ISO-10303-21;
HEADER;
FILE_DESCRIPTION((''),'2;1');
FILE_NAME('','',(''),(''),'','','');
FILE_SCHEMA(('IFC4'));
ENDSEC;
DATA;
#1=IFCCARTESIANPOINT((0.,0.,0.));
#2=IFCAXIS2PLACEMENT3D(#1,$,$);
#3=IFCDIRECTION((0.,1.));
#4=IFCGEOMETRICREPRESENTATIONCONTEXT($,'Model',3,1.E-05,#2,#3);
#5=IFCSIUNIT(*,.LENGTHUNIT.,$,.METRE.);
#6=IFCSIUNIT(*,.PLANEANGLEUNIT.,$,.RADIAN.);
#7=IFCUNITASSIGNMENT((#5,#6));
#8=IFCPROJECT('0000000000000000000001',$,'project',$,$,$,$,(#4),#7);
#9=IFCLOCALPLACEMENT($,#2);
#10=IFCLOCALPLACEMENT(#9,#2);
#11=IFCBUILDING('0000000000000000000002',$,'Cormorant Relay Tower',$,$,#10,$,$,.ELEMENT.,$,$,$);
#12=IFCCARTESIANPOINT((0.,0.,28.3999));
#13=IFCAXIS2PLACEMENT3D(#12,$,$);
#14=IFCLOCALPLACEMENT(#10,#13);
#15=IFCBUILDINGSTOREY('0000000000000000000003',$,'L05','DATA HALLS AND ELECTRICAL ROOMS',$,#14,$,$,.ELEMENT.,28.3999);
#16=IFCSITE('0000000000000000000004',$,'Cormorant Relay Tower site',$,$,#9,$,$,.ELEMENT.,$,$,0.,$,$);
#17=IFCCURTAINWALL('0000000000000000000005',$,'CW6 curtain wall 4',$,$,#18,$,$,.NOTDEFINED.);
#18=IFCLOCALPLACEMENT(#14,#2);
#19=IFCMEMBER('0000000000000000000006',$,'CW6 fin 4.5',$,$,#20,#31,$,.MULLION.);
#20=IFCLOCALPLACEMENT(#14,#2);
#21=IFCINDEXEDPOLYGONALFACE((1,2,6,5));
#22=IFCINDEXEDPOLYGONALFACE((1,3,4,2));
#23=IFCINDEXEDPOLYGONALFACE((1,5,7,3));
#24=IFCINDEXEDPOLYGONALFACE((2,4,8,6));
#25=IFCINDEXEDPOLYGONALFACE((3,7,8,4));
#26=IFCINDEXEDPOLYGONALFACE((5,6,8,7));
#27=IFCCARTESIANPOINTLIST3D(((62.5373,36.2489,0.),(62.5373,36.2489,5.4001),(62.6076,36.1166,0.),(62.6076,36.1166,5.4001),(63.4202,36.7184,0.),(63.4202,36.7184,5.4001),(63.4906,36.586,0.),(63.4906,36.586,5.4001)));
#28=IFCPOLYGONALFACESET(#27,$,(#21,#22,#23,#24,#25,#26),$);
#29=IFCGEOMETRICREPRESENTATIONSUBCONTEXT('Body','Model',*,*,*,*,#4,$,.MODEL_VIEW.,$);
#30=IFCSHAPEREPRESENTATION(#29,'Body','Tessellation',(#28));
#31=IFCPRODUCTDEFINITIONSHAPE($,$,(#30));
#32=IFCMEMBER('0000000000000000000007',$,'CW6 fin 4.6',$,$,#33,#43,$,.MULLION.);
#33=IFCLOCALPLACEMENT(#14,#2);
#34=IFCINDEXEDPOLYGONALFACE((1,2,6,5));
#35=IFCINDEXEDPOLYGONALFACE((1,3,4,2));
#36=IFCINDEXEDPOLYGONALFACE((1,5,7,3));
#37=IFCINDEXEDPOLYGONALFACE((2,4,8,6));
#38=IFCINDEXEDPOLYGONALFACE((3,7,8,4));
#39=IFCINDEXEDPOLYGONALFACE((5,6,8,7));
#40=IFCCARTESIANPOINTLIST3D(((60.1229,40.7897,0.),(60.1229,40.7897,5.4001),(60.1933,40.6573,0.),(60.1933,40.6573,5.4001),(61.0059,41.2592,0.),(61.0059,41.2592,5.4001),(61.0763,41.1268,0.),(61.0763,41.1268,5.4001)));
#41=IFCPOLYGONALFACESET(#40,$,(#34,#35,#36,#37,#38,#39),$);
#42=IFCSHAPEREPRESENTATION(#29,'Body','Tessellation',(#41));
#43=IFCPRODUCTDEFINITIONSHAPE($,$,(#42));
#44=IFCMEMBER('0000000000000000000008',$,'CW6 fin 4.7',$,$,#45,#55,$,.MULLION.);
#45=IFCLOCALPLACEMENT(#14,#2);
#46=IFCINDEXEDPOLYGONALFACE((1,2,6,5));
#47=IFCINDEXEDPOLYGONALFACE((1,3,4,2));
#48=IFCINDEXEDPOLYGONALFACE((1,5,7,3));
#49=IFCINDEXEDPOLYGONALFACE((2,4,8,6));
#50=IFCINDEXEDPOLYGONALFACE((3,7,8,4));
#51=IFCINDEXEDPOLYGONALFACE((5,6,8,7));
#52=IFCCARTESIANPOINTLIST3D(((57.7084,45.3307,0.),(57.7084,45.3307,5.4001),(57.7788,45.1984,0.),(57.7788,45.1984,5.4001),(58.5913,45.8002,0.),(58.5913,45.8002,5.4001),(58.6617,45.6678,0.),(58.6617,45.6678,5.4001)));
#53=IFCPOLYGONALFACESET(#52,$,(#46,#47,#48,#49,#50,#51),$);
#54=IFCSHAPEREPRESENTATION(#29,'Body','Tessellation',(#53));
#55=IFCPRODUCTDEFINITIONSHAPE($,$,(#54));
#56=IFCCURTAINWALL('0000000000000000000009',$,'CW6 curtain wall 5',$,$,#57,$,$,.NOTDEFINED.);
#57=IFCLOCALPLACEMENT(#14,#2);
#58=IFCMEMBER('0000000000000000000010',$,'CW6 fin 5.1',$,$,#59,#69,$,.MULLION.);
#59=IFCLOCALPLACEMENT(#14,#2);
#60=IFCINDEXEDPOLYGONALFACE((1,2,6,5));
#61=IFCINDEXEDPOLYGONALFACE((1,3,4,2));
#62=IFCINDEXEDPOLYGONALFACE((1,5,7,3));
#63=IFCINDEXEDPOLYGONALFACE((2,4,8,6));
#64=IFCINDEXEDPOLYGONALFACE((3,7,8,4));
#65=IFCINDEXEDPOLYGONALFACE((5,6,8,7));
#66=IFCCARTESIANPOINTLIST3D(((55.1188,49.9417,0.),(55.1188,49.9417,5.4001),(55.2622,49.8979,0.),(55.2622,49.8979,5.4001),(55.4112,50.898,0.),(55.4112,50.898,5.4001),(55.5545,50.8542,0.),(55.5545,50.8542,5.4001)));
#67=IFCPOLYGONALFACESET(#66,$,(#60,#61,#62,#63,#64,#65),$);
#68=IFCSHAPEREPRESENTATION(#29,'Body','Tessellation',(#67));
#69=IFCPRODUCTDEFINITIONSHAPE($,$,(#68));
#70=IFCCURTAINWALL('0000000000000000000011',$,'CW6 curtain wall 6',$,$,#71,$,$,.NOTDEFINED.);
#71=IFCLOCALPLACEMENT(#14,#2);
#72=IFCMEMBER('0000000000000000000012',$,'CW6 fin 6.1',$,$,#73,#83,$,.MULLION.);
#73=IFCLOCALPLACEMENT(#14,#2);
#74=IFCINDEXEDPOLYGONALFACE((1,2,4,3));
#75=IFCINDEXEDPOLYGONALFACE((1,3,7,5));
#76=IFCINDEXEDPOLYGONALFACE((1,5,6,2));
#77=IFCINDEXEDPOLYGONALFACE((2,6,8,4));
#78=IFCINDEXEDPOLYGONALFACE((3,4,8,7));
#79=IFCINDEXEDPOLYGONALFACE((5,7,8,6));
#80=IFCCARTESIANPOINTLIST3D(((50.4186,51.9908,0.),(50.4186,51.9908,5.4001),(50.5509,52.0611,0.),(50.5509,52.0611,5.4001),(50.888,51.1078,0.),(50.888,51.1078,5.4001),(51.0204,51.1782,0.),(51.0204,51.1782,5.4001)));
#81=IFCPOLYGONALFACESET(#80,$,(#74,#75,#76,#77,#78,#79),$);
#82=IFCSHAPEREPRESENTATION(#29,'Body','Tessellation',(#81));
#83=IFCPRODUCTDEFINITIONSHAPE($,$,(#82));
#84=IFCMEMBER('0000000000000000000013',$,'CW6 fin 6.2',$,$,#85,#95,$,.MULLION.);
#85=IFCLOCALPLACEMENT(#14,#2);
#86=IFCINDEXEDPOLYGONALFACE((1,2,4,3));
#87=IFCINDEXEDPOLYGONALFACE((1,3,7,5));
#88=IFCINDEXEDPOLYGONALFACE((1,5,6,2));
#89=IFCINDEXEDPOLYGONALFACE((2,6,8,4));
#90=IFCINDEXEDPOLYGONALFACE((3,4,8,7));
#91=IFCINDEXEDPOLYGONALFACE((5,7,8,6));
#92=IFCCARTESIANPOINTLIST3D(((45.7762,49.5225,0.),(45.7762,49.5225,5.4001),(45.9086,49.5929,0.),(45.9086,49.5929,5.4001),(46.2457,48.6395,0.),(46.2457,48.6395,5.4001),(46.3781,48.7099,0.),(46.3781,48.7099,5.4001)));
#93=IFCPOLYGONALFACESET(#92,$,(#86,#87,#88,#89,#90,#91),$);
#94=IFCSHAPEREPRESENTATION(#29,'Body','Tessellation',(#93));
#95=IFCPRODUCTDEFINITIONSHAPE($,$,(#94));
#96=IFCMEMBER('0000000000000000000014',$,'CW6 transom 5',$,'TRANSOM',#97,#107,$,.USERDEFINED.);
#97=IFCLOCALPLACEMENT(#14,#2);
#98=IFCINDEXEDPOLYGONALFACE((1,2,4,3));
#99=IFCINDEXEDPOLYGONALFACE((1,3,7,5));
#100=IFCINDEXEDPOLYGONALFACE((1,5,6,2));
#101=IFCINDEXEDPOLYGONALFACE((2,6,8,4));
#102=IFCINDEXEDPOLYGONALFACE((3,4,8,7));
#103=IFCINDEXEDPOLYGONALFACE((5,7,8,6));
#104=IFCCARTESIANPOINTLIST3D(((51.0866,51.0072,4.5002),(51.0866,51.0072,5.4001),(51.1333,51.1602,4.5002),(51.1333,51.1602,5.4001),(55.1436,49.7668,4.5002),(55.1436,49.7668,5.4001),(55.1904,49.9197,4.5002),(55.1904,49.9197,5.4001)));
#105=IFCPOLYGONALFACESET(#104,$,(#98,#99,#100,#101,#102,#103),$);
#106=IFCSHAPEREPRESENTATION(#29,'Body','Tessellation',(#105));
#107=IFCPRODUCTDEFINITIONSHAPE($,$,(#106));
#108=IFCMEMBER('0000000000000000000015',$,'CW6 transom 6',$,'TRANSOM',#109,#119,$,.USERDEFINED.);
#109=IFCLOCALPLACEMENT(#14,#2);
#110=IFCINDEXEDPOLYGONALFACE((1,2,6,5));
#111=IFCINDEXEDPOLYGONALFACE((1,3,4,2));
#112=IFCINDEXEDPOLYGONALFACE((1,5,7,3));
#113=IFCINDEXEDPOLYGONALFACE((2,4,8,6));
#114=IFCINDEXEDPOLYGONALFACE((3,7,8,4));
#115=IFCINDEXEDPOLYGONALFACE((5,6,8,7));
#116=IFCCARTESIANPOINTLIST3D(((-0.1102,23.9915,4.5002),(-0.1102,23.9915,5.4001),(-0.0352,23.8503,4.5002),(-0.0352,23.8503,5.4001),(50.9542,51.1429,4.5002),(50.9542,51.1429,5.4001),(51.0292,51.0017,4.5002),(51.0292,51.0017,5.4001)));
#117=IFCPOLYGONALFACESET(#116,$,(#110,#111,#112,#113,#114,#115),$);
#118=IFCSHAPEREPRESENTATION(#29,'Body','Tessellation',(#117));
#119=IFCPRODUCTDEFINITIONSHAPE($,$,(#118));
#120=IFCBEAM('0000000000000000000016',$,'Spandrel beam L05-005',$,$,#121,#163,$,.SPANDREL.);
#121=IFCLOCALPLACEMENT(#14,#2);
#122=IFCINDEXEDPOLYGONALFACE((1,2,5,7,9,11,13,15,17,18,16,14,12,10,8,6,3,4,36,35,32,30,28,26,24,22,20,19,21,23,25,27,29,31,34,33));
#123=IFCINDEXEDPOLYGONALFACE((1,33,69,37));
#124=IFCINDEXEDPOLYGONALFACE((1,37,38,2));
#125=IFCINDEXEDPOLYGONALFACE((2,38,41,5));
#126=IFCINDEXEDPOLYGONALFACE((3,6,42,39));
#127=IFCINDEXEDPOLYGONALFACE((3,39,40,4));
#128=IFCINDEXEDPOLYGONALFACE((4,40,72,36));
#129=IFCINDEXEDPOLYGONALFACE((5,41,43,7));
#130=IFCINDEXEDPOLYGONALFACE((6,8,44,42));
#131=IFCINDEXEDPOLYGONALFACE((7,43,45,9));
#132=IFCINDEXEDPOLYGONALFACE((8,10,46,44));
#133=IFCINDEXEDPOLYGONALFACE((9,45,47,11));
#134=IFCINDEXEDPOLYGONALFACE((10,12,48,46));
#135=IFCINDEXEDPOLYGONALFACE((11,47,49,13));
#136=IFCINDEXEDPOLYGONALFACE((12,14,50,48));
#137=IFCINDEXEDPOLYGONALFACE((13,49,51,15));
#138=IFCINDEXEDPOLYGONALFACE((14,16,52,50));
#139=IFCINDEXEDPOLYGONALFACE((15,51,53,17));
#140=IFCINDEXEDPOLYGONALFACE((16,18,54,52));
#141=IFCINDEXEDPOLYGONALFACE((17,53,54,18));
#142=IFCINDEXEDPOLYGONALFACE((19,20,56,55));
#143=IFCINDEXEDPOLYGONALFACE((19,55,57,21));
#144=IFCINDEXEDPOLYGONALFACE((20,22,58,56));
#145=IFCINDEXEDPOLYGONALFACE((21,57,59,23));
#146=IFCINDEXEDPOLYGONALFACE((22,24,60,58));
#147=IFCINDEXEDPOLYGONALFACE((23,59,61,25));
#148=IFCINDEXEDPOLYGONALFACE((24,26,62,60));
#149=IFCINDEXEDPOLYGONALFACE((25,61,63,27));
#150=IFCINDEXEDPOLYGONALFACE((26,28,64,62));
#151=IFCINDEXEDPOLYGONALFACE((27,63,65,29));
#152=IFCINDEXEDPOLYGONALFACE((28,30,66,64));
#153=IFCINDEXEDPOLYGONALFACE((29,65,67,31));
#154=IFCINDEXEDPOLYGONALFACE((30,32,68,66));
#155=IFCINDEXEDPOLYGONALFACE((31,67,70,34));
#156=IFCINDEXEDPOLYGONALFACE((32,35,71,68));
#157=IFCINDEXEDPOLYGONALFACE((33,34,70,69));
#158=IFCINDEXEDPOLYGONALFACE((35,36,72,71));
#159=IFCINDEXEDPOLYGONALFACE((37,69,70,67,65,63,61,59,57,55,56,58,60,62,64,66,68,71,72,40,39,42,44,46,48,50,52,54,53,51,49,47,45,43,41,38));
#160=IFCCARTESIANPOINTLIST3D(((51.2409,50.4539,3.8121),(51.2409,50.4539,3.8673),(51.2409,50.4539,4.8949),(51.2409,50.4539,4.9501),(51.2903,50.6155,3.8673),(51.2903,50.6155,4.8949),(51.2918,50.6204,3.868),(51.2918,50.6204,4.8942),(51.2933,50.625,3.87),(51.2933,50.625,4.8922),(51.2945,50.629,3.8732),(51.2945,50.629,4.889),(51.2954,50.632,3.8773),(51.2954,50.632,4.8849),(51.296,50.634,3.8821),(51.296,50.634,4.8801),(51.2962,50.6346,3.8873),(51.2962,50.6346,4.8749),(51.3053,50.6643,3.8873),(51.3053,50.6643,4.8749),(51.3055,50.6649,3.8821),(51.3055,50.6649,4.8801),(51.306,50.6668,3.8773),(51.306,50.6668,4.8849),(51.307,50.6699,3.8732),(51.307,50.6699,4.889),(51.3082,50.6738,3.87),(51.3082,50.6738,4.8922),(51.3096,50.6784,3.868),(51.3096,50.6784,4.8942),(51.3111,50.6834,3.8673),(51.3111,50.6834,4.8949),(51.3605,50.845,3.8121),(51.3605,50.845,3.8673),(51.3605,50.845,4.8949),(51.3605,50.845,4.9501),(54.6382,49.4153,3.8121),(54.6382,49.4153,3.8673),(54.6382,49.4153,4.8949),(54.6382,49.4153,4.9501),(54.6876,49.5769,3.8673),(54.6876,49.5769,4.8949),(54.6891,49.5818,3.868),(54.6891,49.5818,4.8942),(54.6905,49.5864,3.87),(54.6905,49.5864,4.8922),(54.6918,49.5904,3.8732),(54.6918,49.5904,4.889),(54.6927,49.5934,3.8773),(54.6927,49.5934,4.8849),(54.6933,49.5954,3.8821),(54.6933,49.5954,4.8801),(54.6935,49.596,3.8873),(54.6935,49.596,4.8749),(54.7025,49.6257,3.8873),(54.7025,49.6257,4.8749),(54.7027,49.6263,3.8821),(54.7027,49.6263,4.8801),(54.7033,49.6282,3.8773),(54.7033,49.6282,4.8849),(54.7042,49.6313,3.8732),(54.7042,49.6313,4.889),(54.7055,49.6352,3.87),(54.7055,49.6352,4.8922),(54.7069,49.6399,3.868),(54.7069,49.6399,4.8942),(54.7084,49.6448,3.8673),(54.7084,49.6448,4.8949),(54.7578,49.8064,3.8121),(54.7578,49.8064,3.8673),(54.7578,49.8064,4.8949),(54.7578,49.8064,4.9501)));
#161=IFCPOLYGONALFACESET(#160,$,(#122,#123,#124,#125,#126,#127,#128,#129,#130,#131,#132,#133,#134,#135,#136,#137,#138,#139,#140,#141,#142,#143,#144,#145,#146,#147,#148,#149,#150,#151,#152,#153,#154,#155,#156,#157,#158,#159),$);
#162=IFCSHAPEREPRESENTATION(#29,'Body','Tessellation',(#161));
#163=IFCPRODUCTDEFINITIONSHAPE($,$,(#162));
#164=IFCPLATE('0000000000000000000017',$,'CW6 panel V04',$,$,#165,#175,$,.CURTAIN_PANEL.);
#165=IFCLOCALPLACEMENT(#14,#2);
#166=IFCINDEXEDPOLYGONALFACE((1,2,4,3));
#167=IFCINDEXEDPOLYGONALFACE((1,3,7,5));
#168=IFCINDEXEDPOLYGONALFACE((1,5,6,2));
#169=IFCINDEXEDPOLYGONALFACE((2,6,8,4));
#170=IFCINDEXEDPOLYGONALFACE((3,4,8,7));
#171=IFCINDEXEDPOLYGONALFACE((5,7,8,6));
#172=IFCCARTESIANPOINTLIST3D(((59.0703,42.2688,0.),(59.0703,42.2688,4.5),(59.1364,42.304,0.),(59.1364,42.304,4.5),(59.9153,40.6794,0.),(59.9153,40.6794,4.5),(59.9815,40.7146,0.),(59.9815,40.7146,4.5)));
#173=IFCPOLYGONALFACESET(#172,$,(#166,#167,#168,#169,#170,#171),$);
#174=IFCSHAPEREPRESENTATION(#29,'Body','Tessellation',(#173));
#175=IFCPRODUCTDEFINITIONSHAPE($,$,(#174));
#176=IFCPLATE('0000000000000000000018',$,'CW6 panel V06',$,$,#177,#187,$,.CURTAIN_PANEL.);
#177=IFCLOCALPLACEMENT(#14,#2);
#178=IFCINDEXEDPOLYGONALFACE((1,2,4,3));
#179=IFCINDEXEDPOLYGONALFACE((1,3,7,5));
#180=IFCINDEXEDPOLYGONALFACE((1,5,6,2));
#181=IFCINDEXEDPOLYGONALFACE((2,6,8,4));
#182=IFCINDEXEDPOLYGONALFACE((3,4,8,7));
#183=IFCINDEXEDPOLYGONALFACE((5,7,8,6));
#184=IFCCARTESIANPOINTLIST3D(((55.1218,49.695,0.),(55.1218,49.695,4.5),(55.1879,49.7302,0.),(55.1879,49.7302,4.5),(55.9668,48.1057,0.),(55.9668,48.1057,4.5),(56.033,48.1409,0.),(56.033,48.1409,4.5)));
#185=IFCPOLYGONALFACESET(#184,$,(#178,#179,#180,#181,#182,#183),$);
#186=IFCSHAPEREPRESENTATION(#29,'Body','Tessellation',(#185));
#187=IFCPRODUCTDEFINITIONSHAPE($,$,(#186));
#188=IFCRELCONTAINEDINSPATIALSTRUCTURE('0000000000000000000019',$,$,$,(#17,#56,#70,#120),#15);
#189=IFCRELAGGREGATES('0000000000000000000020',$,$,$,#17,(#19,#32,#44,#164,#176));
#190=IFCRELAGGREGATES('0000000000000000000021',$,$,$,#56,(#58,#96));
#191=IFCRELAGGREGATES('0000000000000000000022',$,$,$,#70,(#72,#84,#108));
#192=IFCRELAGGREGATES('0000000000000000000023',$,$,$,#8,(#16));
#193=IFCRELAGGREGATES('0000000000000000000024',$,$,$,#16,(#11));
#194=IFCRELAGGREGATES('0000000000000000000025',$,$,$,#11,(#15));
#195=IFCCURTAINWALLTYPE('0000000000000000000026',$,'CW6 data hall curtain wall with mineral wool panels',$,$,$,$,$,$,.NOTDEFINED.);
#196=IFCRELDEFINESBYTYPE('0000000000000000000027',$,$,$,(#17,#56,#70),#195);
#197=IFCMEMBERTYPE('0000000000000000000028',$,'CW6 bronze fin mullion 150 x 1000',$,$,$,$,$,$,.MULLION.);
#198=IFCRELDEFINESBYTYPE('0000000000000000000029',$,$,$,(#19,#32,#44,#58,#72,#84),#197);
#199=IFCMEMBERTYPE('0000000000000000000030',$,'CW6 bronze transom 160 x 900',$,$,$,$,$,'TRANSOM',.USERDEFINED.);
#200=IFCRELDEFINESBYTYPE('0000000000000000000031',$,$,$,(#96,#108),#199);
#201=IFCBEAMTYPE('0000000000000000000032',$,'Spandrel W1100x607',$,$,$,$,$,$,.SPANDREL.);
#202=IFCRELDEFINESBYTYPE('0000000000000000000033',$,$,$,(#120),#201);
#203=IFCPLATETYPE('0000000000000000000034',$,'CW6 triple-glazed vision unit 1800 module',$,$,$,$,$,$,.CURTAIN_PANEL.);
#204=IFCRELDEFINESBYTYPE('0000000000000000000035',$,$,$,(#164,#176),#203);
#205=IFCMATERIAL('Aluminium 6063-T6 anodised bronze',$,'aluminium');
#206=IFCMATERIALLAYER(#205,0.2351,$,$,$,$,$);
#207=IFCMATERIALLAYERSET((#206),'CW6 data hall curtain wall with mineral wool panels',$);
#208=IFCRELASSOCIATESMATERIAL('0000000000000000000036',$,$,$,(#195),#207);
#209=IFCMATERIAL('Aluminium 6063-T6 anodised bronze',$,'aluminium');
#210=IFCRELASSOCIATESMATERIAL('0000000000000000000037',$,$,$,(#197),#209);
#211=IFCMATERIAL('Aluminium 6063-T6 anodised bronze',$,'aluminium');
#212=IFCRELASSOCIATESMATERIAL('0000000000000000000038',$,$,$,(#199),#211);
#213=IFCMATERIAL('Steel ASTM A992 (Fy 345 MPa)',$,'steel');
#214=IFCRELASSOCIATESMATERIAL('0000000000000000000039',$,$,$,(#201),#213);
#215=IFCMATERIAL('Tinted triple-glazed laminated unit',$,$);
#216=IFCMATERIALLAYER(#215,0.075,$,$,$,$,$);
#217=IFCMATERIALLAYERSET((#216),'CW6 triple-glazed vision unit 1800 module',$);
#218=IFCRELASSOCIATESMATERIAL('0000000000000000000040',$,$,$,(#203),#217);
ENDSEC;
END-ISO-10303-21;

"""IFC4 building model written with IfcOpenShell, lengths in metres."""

from ifc_helpers import new_model, si_unit, direction, frame, origin, origin_2d, place, context, subcontext, project, spatial, rectangle, i_section, extrude, material, layer, layer_set, material_profile, profile_set, type_object, element, aggregate, save


model = new_model("IFC4")

# Units and contexts
model_context = context("Model", 3, precision=1e-05, world=origin(), true_north=direction((0.0, 1.0)))
body_context = subcontext(model_context, "Body", "Model", "MODEL_VIEW")
ifc_project = project(units=[si_unit("LENGTHUNIT", "METRE"), si_unit("PLANEANGLEUNIT", "RADIAN")], contexts=[model_context])

# Site, building, storey
site_placement = place(None, origin())
site = spatial("IfcSite", under=ifc_project, at=site_placement, Name="Cormorant Relay Tower site", CompositionType="ELEMENT", RefElevation=0.0)
building_placement = place(site_placement, origin())
building = spatial("IfcBuilding", under=site, at=building_placement, Name="Cormorant Relay Tower", CompositionType="ELEMENT")
storey_placement = place(building_placement, frame((0.0, 0.0, 28.3999)))
storey = spatial("IfcBuildingStorey", under=building, at=storey_placement, Name="L05", Description="DATA HALLS AND ELECTRICAL ROOMS", CompositionType="ELEMENT", Elevation=28.3999)

# Curtain wall, members
ifc_material_1 = material(Name="Aluminium 6063-T6 anodised bronze", Category="aluminium")
ifc_layer_1 = layer(ifc_material_1, 0.2351)
ifc_layer_set_1 = layer_set([ifc_layer_1], Name="CW6 data hall curtain wall with mineral wool panels")
curtain_wall_type = type_object("IfcCurtainWallType", Name="CW6 data hall curtain wall with mineral wool panels", PredefinedType="NOTDEFINED", material=ifc_layer_set_1)
curtain_wall_1_placement = place(storey_placement, origin())
curtain_wall_1 = element("IfcCurtainWall", 1, at=curtain_wall_1_placement, inside=storey, type_object=curtain_wall_type, Name="CW6 curtain wall 4", PredefinedType="NOTDEFINED")
ifc_material_2 = material(Name="Aluminium 6063-T6 anodised bronze", Category="aluminium")
ifc_material_profile_1 = material_profile(ifc_material_2, rectangle(XDim=0.1499, YDim=1.0, at=origin_2d()), Name="AL 150x1000")
ifc_profile_set_1 = profile_set([ifc_material_profile_1], Name="Aluminium 6063-T6 anodised bronze")
member_type_1 = type_object("IfcMemberType", Name="CW6 bronze fin mullion 150 x 1000", PredefinedType="MULLION", material=ifc_profile_set_1)
member_1_placement = place(storey_placement, frame((63.0139, 36.4175, 0.0), z_axis=(0.0, 0.0, 1.0), x_axis=(-0.469472, 0.882948, 0.0)))
member_1 = element("IfcMember", 2, at=member_1_placement, type_object=member_type_1, Name="CW6 fin 4.5", PredefinedType="MULLION", context=body_context, shape_type="SweptSolid", body=[
    extrude(rectangle(XDim=0.1499, YDim=1.0, at=origin_2d()), origin(), (0.0, 0.0, 1.0), 5.4001),
])
member_2_placement = place(storey_placement, frame((60.5996, 40.9583, 0.0), z_axis=(0.0, 0.0, 1.0), x_axis=(-0.469472, 0.882948, 0.0)))
member_2 = element("IfcMember", 3, at=member_2_placement, type_object=member_type_1, Name="CW6 fin 4.6", PredefinedType="MULLION", context=body_context, shape_type="SweptSolid", body=[
    extrude(rectangle(XDim=0.1499, YDim=1.0, at=origin_2d()), origin(), (0.0, 0.0, 1.0), 5.4001),
])
member_3_placement = place(storey_placement, frame((58.1851, 45.4993, 0.0), z_axis=(0.0, 0.0, 1.0), x_axis=(-0.469472, 0.882948, 0.0)))
member_3 = element("IfcMember", 4, at=member_3_placement, type_object=member_type_1, Name="CW6 fin 4.7", PredefinedType="MULLION", context=body_context, shape_type="SweptSolid", body=[
    extrude(rectangle(XDim=0.1499, YDim=1.0, at=origin_2d()), origin(), (0.0, 0.0, 1.0), 5.4001),
])

# Curtain wall, member
curtain_wall_2_placement = place(storey_placement, origin())
curtain_wall_2 = element("IfcCurtainWall", 5, at=curtain_wall_2_placement, inside=storey, type_object=curtain_wall_type, Name="CW6 curtain wall 5", PredefinedType="NOTDEFINED")
member_4_placement = place(storey_placement, frame((55.3367, 50.3979, 0.0), z_axis=(0.0, 0.0, 1.0), x_axis=(-0.956305, 0.292372, 0.0)))
member_4 = element("IfcMember", 6, at=member_4_placement, type_object=member_type_1, Name="CW6 fin 5.1", PredefinedType="MULLION", context=body_context, shape_type="SweptSolid", body=[
    extrude(rectangle(XDim=0.1499, YDim=1.0, at=origin_2d()), origin(), (0.0, 0.0, 1.0), 5.4001),
])

# Curtain wall, members
curtain_wall_3_placement = place(storey_placement, origin())
curtain_wall_3 = element("IfcCurtainWall", 7, at=curtain_wall_3_placement, inside=storey, type_object=curtain_wall_type, Name="CW6 curtain wall 6", PredefinedType="NOTDEFINED")
member_5_placement = place(storey_placement, frame((50.7195, 51.5845, 0.0), z_axis=(0.0, 0.0, 1.0), x_axis=(-0.882948, -0.469472, 0.0)))
member_5 = element("IfcMember", 8, at=member_5_placement, type_object=member_type_1, Name="CW6 fin 6.1", PredefinedType="MULLION", context=body_context, shape_type="SweptSolid", body=[
    extrude(rectangle(XDim=0.1499, YDim=1.0, at=origin_2d()), origin(), (0.0, 0.0, 1.0), 5.4001),
])
member_6_placement = place(storey_placement, frame((46.0771, 49.1162, 0.0), z_axis=(0.0, 0.0, 1.0), x_axis=(-0.882948, -0.469472, 0.0)))
member_6 = element("IfcMember", 9, at=member_6_placement, type_object=member_type_1, Name="CW6 fin 6.2", PredefinedType="MULLION", context=body_context, shape_type="SweptSolid", body=[
    extrude(rectangle(XDim=0.1499, YDim=1.0, at=origin_2d()), origin(), (0.0, 0.0, 1.0), 5.4001),
])

# Members
ifc_material_3 = material(Name="Aluminium 6063-T6 anodised bronze", Category="aluminium")
ifc_material_profile_2 = material_profile(ifc_material_3, rectangle(XDim=0.1599, YDim=0.8999, at=origin_2d()), Name="AL 160x900")
ifc_profile_set_2 = profile_set([ifc_material_profile_2], Name="Aluminium 6063-T6 anodised bronze")
member_type_2 = type_object("IfcMemberType", Name="CW6 bronze transom 160 x 900", ElementType="TRANSOM", PredefinedType="USERDEFINED", material=ifc_profile_set_2)
member_7_placement = place(storey_placement, frame((55.167, 49.8433, 4.9502), z_axis=(-0.956299, 0.292391, 0.0), x_axis=(-0.292391, -0.956299, 0.0)))
member_7 = element("IfcMember", 10, at=member_7_placement, type_object=member_type_2, Name="CW6 transom 5", ObjectType="TRANSOM", PredefinedType="USERDEFINED", context=body_context, shape_type="SweptSolid", body=[
    extrude(rectangle(XDim=0.1599, YDim=0.8999, at=origin_2d()), origin(), (0.0, 0.0, 1.0), 4.2424),
])
member_8_placement = place(storey_placement, frame((50.9917, 51.0723, 4.9502), z_axis=(-0.882948, -0.46947, 0.0), x_axis=(0.46947, -0.882948, 0.0)))
member_8 = element("IfcMember", 11, at=member_8_placement, type_object=member_type_2, Name="CW6 transom 6", ObjectType="TRANSOM", PredefinedType="USERDEFINED", context=body_context, shape_type="SweptSolid", body=[
    extrude(rectangle(XDim=0.1599, YDim=0.8999, at=origin_2d()), origin(), (0.0, 0.0, 1.0), 57.834),
])

# Beam
ifc_material_4 = material(Name="Steel ASTM A992 (Fy 345 MPa)", Category="steel")
ifc_material_profile_3 = material_profile(ifc_material_4, i_section(OverallWidth=0.4089, OverallDepth=1.1379, WebThickness=0.031, FlangeThickness=0.0552, FilletRadius=0.02, at=origin_2d()), Name="W1100x607")
ifc_profile_set_3 = profile_set([ifc_material_profile_3], Name="Steel ASTM A992 (Fy 345 MPa)")
beam_type = type_object("IfcBeamType", Name="Spandrel W1100x607", PredefinedType="SPANDREL", material=ifc_profile_set_3)
beam_placement = place(storey_placement, frame((54.698, 49.6108, 4.3811), z_axis=(-0.956309, 0.292356, 0.0), x_axis=(-0.292356, -0.956309, 0.0)))
element("IfcBeam", 12, at=beam_placement, inside=storey, type_object=beam_type, Name="Spandrel beam L05-005", PredefinedType="SPANDREL", context=body_context, shape_type="SweptSolid", body=[
    extrude(i_section(OverallWidth=0.4089, OverallDepth=1.1379, WebThickness=0.031, FlangeThickness=0.0552, FilletRadius=0.02, at=origin_2d()), origin(), (0.0, 0.0, 1.0), 3.5525),
])

# Plates
ifc_material_5 = material(Name="Tinted triple-glazed laminated unit")
ifc_layer_2 = layer(ifc_material_5, 0.075)
ifc_layer_set_2 = layer_set([ifc_layer_2], Name="CW6 triple-glazed vision unit 1800 module")
plate_type = type_object("IfcPlateType", Name="CW6 triple-glazed vision unit 1800 module", PredefinedType="CURTAIN_PANEL", material=ifc_layer_set_2)
plate_1_placement = place(storey_placement, frame((59.5259, 41.4917, 0.0), z_axis=(0.0, 0.0, 1.0), x_axis=(-0.469472, 0.882948, 0.0)))
plate_1 = element("IfcPlate", 13, at=plate_1_placement, type_object=plate_type, Name="CW6 panel V04", PredefinedType="CURTAIN_PANEL", context=body_context, shape_type="SweptSolid", body=[
    extrude(rectangle(XDim=1.8, YDim=0.075, at=origin_2d()), origin(), (0.0, 0.0, 1.0), 4.5),
])
plate_2_placement = place(storey_placement, frame((55.5774, 48.918, 0.0), z_axis=(0.0, 0.0, 1.0), x_axis=(-0.469472, 0.882948, 0.0)))
plate_2 = element("IfcPlate", 14, at=plate_2_placement, type_object=plate_type, Name="CW6 panel V06", PredefinedType="CURTAIN_PANEL", context=body_context, shape_type="SweptSolid", body=[
    extrude(rectangle(XDim=1.8, YDim=0.075, at=origin_2d()), origin(), (0.0, 0.0, 1.0), 4.5),
])

aggregate(curtain_wall_1, [member_1, member_2, member_3, plate_1, plate_2])
aggregate(curtain_wall_2, [member_4, member_7])
aggregate(curtain_wall_3, [member_5, member_6, member_8])

save(model, "model.ifc")
